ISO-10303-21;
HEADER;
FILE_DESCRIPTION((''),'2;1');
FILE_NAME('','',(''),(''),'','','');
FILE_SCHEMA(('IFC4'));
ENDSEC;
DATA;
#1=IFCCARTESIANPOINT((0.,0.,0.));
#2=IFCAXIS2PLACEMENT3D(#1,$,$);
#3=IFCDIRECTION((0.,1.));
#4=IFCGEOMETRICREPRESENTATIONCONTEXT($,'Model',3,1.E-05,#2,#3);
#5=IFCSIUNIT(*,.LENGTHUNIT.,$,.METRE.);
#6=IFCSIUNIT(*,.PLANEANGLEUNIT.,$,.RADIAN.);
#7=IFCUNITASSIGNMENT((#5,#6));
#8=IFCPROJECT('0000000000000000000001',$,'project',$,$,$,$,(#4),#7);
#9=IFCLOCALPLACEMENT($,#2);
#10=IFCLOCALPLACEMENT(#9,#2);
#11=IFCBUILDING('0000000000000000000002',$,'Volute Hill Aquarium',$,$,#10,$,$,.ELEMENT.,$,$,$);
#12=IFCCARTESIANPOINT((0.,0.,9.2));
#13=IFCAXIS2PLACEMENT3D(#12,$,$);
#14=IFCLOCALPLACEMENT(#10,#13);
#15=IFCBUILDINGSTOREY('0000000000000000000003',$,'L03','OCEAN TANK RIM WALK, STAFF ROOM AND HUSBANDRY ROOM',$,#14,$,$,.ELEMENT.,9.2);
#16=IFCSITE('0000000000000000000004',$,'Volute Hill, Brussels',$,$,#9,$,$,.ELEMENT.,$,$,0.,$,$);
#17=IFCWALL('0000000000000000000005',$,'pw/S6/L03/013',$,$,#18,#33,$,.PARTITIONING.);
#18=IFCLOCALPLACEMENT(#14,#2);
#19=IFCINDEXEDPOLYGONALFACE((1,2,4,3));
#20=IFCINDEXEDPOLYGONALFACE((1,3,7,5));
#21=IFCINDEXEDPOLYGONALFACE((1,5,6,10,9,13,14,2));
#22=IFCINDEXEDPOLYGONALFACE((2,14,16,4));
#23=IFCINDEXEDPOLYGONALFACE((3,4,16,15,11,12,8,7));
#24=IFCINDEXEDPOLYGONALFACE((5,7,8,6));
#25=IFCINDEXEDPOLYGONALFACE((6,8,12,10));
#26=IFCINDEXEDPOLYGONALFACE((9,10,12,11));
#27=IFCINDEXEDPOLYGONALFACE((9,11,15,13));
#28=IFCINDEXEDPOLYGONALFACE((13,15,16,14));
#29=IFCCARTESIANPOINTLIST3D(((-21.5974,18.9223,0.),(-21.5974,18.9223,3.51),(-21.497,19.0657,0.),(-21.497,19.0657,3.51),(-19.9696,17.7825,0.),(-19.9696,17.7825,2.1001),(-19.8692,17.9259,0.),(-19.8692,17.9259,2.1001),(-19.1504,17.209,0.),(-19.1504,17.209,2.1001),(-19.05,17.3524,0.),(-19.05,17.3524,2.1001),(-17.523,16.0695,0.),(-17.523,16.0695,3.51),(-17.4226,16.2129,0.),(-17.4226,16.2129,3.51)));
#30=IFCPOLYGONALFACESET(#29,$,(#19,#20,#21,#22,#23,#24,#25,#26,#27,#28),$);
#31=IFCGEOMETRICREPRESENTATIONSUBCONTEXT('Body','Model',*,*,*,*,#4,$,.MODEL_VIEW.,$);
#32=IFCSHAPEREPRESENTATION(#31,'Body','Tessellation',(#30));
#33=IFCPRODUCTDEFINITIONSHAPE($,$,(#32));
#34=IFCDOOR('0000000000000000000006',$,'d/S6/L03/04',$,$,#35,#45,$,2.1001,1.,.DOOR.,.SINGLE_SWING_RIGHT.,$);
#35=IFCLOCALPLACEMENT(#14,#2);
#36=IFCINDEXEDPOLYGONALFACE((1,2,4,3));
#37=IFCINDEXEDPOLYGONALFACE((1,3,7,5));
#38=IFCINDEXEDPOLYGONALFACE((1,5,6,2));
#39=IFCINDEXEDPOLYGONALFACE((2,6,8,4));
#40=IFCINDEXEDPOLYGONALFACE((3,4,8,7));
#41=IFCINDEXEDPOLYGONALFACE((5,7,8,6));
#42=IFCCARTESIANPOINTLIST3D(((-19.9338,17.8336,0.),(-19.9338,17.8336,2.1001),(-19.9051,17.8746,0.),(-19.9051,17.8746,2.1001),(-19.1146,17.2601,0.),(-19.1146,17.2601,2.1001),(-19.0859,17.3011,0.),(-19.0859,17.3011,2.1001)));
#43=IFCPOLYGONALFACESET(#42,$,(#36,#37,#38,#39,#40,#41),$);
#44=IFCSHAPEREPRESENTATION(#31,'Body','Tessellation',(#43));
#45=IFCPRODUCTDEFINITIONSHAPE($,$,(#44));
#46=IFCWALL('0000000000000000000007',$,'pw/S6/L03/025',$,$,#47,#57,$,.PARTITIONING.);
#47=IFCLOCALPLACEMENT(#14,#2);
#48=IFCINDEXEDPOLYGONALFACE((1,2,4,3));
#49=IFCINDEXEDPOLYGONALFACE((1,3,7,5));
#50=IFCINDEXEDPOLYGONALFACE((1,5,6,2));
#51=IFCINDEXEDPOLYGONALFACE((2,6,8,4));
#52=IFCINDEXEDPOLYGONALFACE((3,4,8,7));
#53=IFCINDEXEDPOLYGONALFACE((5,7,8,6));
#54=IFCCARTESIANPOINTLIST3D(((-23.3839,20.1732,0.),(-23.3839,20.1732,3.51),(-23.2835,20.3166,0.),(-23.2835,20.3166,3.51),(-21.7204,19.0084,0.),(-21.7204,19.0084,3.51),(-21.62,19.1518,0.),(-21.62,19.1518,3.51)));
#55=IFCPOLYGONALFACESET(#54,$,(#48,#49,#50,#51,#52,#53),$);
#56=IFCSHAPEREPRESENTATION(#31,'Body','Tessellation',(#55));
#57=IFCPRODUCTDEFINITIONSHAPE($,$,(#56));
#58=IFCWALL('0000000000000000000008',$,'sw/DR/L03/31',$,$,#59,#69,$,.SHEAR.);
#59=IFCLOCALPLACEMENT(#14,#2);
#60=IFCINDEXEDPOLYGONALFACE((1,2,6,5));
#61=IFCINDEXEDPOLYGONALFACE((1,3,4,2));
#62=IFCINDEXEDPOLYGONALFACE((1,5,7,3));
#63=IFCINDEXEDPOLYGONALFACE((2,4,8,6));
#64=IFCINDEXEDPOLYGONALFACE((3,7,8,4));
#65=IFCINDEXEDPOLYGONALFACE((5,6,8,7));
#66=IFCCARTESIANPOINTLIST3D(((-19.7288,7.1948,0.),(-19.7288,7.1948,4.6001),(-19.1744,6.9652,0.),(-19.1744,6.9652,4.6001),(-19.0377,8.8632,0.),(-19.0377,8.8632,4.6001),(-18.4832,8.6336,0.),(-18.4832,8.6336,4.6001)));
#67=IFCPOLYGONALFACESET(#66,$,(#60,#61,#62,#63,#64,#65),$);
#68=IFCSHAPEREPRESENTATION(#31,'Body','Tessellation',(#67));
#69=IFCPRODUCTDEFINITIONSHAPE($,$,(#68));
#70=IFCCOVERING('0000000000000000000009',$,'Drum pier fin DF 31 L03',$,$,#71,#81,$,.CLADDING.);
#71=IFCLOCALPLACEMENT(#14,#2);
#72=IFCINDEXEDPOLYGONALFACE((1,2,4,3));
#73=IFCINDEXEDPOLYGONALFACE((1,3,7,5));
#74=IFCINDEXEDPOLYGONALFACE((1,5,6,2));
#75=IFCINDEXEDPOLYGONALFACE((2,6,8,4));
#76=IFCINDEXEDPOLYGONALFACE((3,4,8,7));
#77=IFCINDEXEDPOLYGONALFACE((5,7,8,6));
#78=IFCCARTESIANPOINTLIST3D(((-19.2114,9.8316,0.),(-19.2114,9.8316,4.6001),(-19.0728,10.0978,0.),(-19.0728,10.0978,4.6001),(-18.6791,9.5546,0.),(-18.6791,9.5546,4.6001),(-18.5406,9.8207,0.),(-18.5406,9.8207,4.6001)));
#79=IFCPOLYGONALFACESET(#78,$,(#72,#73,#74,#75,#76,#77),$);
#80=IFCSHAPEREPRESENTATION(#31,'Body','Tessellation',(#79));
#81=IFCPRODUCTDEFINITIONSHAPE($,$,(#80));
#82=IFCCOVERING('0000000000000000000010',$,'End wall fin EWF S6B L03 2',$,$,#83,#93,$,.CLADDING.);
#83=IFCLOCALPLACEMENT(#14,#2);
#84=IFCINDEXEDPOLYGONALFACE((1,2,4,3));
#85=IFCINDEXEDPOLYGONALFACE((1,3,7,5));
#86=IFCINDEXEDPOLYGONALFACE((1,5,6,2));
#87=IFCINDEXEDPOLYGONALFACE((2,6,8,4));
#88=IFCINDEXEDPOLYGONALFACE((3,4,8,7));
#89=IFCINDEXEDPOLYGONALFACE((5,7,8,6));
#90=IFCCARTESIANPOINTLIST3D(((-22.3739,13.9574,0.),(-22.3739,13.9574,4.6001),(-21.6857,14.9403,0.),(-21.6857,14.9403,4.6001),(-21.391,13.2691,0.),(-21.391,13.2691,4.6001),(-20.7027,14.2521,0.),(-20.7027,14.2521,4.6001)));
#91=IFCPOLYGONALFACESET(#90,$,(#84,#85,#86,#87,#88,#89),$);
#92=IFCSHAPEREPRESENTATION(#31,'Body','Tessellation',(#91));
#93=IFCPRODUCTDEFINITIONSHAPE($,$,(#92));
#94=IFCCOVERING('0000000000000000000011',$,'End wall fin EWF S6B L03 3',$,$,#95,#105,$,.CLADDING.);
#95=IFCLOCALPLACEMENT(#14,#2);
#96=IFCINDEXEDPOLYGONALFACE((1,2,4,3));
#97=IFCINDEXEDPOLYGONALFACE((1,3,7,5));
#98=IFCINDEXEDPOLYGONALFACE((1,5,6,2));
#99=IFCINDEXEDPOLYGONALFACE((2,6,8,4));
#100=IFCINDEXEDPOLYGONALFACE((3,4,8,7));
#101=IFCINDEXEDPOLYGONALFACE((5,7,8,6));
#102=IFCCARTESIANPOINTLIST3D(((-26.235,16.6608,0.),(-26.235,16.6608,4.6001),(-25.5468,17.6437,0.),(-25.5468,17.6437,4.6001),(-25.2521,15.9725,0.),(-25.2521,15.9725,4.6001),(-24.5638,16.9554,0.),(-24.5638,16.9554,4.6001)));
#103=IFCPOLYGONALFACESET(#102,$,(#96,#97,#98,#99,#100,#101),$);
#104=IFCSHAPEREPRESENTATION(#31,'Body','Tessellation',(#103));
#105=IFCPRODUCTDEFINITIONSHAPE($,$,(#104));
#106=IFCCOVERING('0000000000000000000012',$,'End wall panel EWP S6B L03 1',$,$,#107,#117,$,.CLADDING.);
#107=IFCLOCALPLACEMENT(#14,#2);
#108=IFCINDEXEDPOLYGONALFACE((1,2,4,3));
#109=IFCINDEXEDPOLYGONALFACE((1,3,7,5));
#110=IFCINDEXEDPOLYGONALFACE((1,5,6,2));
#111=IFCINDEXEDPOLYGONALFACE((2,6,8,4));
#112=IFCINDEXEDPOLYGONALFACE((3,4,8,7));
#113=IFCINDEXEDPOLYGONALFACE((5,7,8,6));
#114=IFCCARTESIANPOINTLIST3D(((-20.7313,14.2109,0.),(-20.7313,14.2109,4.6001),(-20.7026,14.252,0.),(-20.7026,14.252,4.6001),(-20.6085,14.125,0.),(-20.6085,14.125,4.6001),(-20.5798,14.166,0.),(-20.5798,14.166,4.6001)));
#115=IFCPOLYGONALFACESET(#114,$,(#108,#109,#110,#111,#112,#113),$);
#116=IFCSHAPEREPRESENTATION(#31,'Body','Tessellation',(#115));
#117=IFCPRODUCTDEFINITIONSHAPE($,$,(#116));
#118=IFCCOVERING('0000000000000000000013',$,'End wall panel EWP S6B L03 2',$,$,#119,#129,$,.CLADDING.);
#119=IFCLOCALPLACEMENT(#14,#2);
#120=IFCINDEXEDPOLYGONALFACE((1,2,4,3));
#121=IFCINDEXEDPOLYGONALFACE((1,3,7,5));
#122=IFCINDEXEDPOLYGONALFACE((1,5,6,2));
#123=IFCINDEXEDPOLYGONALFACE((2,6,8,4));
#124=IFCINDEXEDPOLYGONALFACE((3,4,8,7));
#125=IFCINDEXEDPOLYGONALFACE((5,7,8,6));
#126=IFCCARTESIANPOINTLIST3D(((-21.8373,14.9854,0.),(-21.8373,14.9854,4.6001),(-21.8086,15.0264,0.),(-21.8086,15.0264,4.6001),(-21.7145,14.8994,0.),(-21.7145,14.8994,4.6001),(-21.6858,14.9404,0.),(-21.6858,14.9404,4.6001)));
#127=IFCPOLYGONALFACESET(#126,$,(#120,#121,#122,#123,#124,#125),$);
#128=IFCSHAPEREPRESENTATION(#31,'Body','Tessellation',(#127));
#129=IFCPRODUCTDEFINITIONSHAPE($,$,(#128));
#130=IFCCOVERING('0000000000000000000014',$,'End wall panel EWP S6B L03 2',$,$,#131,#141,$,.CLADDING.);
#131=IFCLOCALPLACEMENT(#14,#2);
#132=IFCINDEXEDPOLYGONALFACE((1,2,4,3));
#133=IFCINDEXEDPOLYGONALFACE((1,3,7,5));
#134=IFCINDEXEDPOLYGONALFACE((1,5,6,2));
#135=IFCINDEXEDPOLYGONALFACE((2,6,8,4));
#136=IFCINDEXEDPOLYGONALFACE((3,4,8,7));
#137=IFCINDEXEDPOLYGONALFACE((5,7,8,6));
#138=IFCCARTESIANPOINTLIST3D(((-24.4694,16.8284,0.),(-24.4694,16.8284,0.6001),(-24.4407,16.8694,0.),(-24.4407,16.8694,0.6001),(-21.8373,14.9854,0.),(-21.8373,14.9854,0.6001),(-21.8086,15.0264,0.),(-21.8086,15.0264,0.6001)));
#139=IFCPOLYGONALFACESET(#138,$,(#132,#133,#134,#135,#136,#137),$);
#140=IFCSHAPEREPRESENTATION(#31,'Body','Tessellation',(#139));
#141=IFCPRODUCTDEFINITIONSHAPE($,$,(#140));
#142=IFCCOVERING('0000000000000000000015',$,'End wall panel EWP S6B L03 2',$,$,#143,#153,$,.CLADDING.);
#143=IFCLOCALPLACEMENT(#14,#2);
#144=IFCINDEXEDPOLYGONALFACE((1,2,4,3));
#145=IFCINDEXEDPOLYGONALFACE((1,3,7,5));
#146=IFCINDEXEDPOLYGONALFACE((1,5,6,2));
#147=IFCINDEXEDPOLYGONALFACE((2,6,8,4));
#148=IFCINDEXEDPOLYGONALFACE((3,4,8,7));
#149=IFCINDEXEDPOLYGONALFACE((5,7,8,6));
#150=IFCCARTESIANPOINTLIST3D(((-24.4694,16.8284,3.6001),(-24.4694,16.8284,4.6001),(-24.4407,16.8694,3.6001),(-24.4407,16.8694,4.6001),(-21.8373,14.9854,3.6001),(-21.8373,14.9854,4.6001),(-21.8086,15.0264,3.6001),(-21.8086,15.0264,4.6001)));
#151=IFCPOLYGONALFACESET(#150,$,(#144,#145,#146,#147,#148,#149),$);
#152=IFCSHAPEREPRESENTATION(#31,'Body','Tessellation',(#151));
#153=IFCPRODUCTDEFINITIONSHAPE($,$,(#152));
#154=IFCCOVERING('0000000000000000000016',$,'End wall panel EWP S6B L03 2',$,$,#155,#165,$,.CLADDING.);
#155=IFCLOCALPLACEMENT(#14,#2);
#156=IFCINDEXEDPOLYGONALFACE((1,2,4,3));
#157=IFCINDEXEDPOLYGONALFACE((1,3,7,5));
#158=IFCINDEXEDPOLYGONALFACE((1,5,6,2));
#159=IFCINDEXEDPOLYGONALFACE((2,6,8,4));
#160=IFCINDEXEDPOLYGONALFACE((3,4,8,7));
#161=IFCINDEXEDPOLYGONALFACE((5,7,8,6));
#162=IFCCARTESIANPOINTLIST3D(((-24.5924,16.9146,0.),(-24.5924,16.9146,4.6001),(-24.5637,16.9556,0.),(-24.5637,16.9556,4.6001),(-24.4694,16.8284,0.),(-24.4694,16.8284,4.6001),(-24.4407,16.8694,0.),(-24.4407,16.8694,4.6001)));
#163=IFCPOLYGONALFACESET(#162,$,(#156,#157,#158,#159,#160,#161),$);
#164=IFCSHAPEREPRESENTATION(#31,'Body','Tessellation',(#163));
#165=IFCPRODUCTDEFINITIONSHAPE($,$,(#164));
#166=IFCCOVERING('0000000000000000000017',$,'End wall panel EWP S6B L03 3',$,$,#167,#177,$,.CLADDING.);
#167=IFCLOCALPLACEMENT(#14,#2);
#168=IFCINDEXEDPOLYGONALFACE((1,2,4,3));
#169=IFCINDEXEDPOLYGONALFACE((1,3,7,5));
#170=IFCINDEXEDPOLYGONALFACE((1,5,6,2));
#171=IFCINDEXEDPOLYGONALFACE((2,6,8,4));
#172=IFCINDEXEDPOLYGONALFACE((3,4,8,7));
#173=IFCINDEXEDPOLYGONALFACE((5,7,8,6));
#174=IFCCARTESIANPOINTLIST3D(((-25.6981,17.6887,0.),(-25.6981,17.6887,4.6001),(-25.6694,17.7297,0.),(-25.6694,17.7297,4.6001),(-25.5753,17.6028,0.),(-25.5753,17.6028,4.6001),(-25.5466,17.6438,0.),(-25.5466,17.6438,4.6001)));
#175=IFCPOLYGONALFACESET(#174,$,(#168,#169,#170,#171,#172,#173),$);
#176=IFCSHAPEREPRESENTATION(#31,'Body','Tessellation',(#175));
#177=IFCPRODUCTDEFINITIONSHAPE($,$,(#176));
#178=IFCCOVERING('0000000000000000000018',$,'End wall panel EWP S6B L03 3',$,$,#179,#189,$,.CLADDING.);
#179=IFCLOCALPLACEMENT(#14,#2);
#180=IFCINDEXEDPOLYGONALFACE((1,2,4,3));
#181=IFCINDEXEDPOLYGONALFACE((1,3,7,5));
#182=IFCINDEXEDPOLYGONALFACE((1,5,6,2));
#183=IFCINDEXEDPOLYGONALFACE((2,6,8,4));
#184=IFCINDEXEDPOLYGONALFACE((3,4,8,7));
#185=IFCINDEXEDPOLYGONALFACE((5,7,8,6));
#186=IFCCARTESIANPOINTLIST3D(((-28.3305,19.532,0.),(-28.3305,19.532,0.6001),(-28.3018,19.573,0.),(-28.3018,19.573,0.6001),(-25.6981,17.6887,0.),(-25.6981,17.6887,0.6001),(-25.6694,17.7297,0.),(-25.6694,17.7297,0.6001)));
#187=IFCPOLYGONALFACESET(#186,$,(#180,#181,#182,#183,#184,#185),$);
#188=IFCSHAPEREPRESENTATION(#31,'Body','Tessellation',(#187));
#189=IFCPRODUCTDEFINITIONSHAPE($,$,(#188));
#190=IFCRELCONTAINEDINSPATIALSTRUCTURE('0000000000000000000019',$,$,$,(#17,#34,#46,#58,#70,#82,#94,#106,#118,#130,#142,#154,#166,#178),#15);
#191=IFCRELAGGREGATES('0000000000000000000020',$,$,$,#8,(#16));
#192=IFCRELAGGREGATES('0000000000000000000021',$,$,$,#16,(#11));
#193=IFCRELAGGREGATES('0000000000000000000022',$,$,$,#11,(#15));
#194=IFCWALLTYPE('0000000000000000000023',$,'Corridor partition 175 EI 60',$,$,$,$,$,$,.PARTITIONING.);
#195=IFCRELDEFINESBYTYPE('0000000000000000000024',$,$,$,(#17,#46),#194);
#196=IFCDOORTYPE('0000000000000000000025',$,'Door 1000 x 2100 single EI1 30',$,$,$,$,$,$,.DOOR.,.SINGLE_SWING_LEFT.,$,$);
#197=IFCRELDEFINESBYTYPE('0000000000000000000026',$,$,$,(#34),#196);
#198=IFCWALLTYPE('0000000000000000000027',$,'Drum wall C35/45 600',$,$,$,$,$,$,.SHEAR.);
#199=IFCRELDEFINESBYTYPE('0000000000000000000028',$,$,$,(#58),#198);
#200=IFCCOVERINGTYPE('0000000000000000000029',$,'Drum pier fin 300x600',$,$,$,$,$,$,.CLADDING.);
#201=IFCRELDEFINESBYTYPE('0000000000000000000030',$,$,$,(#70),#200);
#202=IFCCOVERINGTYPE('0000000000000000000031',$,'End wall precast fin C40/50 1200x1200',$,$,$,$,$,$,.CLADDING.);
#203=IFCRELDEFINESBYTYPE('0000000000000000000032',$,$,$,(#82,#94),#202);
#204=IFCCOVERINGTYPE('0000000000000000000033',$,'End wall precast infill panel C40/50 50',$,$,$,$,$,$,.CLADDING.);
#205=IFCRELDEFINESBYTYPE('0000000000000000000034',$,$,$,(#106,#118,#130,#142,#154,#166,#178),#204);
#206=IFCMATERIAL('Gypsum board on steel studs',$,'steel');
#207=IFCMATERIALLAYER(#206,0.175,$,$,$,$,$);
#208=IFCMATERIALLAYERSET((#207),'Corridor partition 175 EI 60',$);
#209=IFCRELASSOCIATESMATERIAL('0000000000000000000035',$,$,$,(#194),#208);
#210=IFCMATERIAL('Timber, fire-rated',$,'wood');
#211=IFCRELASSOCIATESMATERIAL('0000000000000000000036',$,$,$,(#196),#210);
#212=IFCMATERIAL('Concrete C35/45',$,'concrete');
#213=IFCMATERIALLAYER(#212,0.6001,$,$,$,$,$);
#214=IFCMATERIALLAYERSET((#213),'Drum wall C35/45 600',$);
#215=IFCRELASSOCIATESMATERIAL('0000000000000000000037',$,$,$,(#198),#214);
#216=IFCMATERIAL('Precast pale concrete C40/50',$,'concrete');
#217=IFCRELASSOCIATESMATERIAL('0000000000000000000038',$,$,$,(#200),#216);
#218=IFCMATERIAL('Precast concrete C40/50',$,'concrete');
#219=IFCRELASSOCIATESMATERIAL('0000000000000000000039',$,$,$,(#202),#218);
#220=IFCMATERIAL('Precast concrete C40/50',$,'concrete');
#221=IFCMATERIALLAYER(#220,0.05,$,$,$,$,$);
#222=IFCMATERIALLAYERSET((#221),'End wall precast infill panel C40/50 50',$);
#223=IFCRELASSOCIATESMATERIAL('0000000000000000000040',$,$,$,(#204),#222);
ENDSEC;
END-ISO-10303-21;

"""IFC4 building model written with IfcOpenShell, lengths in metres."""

from ifc_helpers import new_model, si_unit, direction, frame, frame_2d, origin, origin_2d, place, context, subcontext, project, spatial, polyline, rectangle, outline, extrude, material, layer, layer_set, type_object, element, fill, save


model = new_model("IFC4")

# Units and contexts
model_context = context("Model", 3, precision=1e-05, world=origin(), true_north=direction((0.0, 1.0)))
body_context = subcontext(model_context, "Body", "Model", "MODEL_VIEW")
ifc_project = project(units=[si_unit("LENGTHUNIT", "METRE"), si_unit("PLANEANGLEUNIT", "RADIAN")], contexts=[model_context])

# Site, building, storey
site_placement = place(None, origin())
site = spatial("IfcSite", under=ifc_project, at=site_placement, Name="Volute Hill, Brussels", CompositionType="ELEMENT", RefElevation=0.0)
building_placement = place(site_placement, origin())
building = spatial("IfcBuilding", under=site, at=building_placement, Name="Volute Hill Aquarium", CompositionType="ELEMENT")
storey_placement = place(building_placement, frame((0.0, 0.0, 9.2)))
storey = spatial("IfcBuildingStorey", under=building, at=storey_placement, Name="L03", Description="OCEAN TANK RIM WALK, STAFF ROOM AND HUSBANDRY ROOM", CompositionType="ELEMENT", Elevation=9.2)

# Wall, opening, door
ifc_material_1 = material(Name="Gypsum board on steel studs", Category="steel")
ifc_layer_1 = layer(ifc_material_1, 0.175)
ifc_layer_set_1 = layer_set([ifc_layer_1], Name="Corridor partition 175 EI 60")
wall_type_1 = type_object("IfcWallType", Name="Corridor partition 175 EI 60", PredefinedType="PARTITIONING", material=ifc_layer_set_1)
wall_1_placement = place(storey_placement, frame((-21.5471, 18.9939, 0.0), z_axis=(0.0, 0.0, 1.0), x_axis=(0.81917, -0.573551, 0.0)))
wall_1 = element("IfcWall", 1, at=wall_1_placement, inside=storey, type_object=wall_type_1, Name="pw/S6/L03/013", PredefinedType="PARTITIONING", context=body_context, shape_type="SweptSolid", body=[
    extrude(rectangle(XDim=4.9739, YDim=0.175, at=frame_2d((2.4868, 0.0))), origin(), (0.0, 0.0, 1.0), 3.51),
])
opening_placement = place(wall_1_placement, frame((1.9871, 0.0, 0.0)))
opening = element("IfcOpeningElement", 2, at=opening_placement, cuts=wall_1, PredefinedType="OPENING", context=body_context, shape_type="SweptSolid", body=[
    extrude(rectangle(XDim=1.0, YDim=2.1001, at=frame_2d((0.5, 1.05))), frame((0.0, 0.0974, 0.0), z_axis=(0.0, -1.0, 0.0), x_axis=(1.0, 0.0, 0.0)), (0.0, 0.0, 1.0), 0.1951),
])
ifc_material_2 = material(Name="Timber, fire-rated", Category="wood")
door_type = type_object("IfcDoorType", Name="Door 1000 x 2100 single EI1 30", OperationType="SINGLE_SWING_LEFT", PredefinedType="DOOR", material=ifc_material_2)
door_placement = place(opening_placement, origin())
door = element("IfcDoor", 3, at=door_placement, inside=storey, type_object=door_type, Name="d/S6/L03/04", OperationType="SINGLE_SWING_RIGHT", OverallHeight=2.1001, OverallWidth=1.0, PredefinedType="DOOR", context=body_context, shape_type="SweptSolid", body=[
    extrude(rectangle(XDim=1.0, YDim=2.1001, at=frame_2d((0.5, 1.05))), frame((0.0, 0.0249, 0.0), z_axis=(0.0, -1.0, 0.0), x_axis=(1.0, 0.0, 0.0)), (0.0, 0.0, 1.0), 0.05),
])
fill(opening, door)

# Walls
wall_2_placement = place(storey_placement, frame((-23.3337, 20.2449, 0.0), z_axis=(0.0, 0.0, 1.0), x_axis=(0.819164, -0.573559, 0.0)))
element("IfcWall", 4, at=wall_2_placement, inside=storey, type_object=wall_type_1, Name="pw/S6/L03/025", PredefinedType="PARTITIONING", context=body_context, shape_type="SweptSolid", body=[
    extrude(rectangle(XDim=2.0308, YDim=0.175, at=frame_2d((1.0154, 0.0))), origin(), (0.0, 0.0, 1.0), 3.51),
])
ifc_material_3 = material(Name="Concrete C35/45", Category="concrete")
ifc_layer_2 = layer(ifc_material_3, 0.6001)
ifc_layer_set_2 = layer_set([ifc_layer_2], Name="Drum wall C35/45 600")
wall_type_2 = type_object("IfcWallType", Name="Drum wall C35/45 600", PredefinedType="SHEAR", material=ifc_layer_set_2)
wall_3_placement = place(storey_placement, frame((-18.7605, 8.7483, 0.0), z_axis=(0.0, 0.0, 1.0), x_axis=(-0.382714, -0.923867, 0.0)))
element("IfcWall", 5, at=wall_3_placement, inside=storey, type_object=wall_type_2, Name="sw/DR/L03/31", PredefinedType="SHEAR", context=body_context, shape_type="SweptSolid", body=[
    extrude(rectangle(XDim=1.8059, YDim=0.6001, at=frame_2d((0.9028, 0.0))), origin(), (0.0, 0.0, 1.0), 4.6001),
])

# Coverings
ifc_material_4 = material(Name="Precast pale concrete C40/50", Category="concrete")
covering_type_1 = type_object("IfcCoveringType", Name="Drum pier fin 300x600", PredefinedType="CLADDING", material=ifc_material_4)
covering_1_placement = place(storey_placement, frame((-18.876, 9.8262, 0.0), z_axis=(0.0, 0.0, 1.0), x_axis=(-0.461749, -0.887011, 0.0)))
element("IfcCovering", 6, at=covering_1_placement, inside=storey, type_object=covering_type_1, Name="Drum pier fin DF 31 L03", PredefinedType="CLADDING", context=body_context, shape_type="SweptSolid", body=[
    extrude(rectangle(XDim=0.3, YDim=0.6001, at=origin_2d()), origin(), (0.0, 0.0, 1.0), 4.6001),
])
ifc_material_5 = material(Name="Precast concrete C40/50", Category="concrete")
covering_type_2 = type_object("IfcCoveringType", Name="End wall precast fin C40/50 1200x1200", PredefinedType="CLADDING", material=ifc_material_5)
for number, where, z_axis, x_axis, name in (
    (7, (-21.5383, 14.1047, 0.0), (0.0, 0.0, 1.0), (-0.819151, 0.573577, 0.0), "End wall fin EWF S6B L03 2"),
    (8, (-25.3994, 16.8081, 0.0), (0.0, 0.0, 1.0), (-0.819151, 0.573577, 0.0), "End wall fin EWF S6B L03 3"),
):
    element("IfcCovering", number, at=place(storey_placement, frame(where, z_axis=z_axis, x_axis=x_axis)), inside=storey, type_object=covering_type_2, Name=name, PredefinedType="CLADDING", context=body_context, shape_type="SweptSolid", body=[
        extrude(rectangle(XDim=1.2, YDim=1.2, at=origin_2d()), origin(), (0.0, 0.0, 1.0), 4.6001),
    ])
ifc_material_6 = material(Name="Precast concrete C40/50", Category="concrete")
ifc_layer_3 = layer(ifc_material_6, 0.05)
ifc_layer_set_3 = layer_set([ifc_layer_3], Name="End wall precast infill panel C40/50 50")
covering_type_3 = type_object("IfcCoveringType", Name="End wall precast infill panel C40/50 50", PredefinedType="CLADDING", material=ifc_layer_set_3)
for number, where, z_axis, x_axis, name in (
    (9, (-20.5798, 14.166, 0.0), (0.573353, 0.819308, 0.0), (-0.819308, 0.573353, 0.0), "End wall panel EWP S6B L03 1"),
    (10, (-21.6858, 14.9404, 0.0), (0.573353, 0.819308, 0.0), (-0.819308, 0.573353, 0.0), "End wall panel EWP S6B L03 2"),
):
    element("IfcCovering", number, at=place(storey_placement, frame(where, z_axis=z_axis, x_axis=x_axis)), inside=storey, type_object=covering_type_3, Name=name, PredefinedType="CLADDING", context=body_context, shape_type="SweptSolid", body=[
        extrude(outline(polyline([(0.0, 0.0), (0.1499, 0.0), (0.1499, 4.6001), (0.0, 4.6001), (0.0, 0.0)])), origin(), (0.0, 0.0, -1.0), 0.05),
    ])
covering_2_placement = place(storey_placement, frame((-21.8086, 15.0264, 0.0), z_axis=(0.57358, 0.81915, 0.0), x_axis=(-0.81915, 0.57358, 0.0)))
element("IfcCovering", 11, at=covering_2_placement, inside=storey, type_object=covering_type_3, Name="End wall panel EWP S6B L03 2", PredefinedType="CLADDING", context=body_context, shape_type="SweptSolid", body=[
    extrude(outline(polyline([(0.0, 0.0), (3.2132, 0.0), (3.2132, 0.6001), (0.0, 0.6001), (0.0, 0.0)])), origin(), (0.0, 0.0, -1.0), 0.05),
])
covering_3_placement = place(storey_placement, frame((-21.8086, 15.0264, 3.6001), z_axis=(0.57358, 0.81915, 0.0), x_axis=(-0.81915, 0.57358, 0.0)))
element("IfcCovering", 12, at=covering_3_placement, inside=storey, type_object=covering_type_3, Name="End wall panel EWP S6B L03 2", PredefinedType="CLADDING", context=body_context, shape_type="SweptSolid", body=[
    extrude(outline(polyline([(0.0, 0.0), (3.2132, 0.0), (3.2132, 1.0), (0.0, 1.0), (0.0, 0.0)])), origin(), (0.0, 0.0, -1.0), 0.05),
])
covering_4_placement = place(storey_placement, frame((-24.4407, 16.8694, 0.0), z_axis=(0.57368, 0.819079, 0.0), x_axis=(-0.819079, 0.57368, 0.0)))
element("IfcCovering", 13, at=covering_4_placement, inside=storey, type_object=covering_type_3, Name="End wall panel EWP S6B L03 2", PredefinedType="CLADDING", context=body_context, shape_type="SweptSolid", body=[
    extrude(outline(polyline([(0.0, 0.0), (0.1502, 0.0), (0.1502, 4.6001), (0.0, 4.6001), (0.0, 0.0)])), origin(), (0.0, 0.0, -1.0), 0.05),
])
covering_5_placement = place(storey_placement, frame((-25.5466, 17.6438, 0.0), z_axis=(0.573353, 0.819308, 0.0), x_axis=(-0.819308, 0.573353, 0.0)))
element("IfcCovering", 14, at=covering_5_placement, inside=storey, type_object=covering_type_3, Name="End wall panel EWP S6B L03 3", PredefinedType="CLADDING", context=body_context, shape_type="SweptSolid", body=[
    extrude(outline(polyline([(0.0, 0.0), (0.1499, 0.0), (0.1499, 4.6001), (0.0, 4.6001), (0.0, 0.0)])), origin(), (0.0, 0.0, -1.0), 0.05),
])
covering_6_placement = place(storey_placement, frame((-25.6694, 17.7297, 0.0), z_axis=(0.573595, 0.819139, 0.0), x_axis=(-0.819139, 0.573595, 0.0)))
element("IfcCovering", 15, at=covering_6_placement, inside=storey, type_object=covering_type_3, Name="End wall panel EWP S6B L03 3", PredefinedType="CLADDING", context=body_context, shape_type="SweptSolid", body=[
    extrude(outline(polyline([(0.0, 0.0), (3.2135, 0.0), (3.2135, 0.6001), (0.0, 0.6001), (0.0, 0.0)])), origin(), (0.0, 0.0, -1.0), 0.05),
])

save(model, "model.ifc")
